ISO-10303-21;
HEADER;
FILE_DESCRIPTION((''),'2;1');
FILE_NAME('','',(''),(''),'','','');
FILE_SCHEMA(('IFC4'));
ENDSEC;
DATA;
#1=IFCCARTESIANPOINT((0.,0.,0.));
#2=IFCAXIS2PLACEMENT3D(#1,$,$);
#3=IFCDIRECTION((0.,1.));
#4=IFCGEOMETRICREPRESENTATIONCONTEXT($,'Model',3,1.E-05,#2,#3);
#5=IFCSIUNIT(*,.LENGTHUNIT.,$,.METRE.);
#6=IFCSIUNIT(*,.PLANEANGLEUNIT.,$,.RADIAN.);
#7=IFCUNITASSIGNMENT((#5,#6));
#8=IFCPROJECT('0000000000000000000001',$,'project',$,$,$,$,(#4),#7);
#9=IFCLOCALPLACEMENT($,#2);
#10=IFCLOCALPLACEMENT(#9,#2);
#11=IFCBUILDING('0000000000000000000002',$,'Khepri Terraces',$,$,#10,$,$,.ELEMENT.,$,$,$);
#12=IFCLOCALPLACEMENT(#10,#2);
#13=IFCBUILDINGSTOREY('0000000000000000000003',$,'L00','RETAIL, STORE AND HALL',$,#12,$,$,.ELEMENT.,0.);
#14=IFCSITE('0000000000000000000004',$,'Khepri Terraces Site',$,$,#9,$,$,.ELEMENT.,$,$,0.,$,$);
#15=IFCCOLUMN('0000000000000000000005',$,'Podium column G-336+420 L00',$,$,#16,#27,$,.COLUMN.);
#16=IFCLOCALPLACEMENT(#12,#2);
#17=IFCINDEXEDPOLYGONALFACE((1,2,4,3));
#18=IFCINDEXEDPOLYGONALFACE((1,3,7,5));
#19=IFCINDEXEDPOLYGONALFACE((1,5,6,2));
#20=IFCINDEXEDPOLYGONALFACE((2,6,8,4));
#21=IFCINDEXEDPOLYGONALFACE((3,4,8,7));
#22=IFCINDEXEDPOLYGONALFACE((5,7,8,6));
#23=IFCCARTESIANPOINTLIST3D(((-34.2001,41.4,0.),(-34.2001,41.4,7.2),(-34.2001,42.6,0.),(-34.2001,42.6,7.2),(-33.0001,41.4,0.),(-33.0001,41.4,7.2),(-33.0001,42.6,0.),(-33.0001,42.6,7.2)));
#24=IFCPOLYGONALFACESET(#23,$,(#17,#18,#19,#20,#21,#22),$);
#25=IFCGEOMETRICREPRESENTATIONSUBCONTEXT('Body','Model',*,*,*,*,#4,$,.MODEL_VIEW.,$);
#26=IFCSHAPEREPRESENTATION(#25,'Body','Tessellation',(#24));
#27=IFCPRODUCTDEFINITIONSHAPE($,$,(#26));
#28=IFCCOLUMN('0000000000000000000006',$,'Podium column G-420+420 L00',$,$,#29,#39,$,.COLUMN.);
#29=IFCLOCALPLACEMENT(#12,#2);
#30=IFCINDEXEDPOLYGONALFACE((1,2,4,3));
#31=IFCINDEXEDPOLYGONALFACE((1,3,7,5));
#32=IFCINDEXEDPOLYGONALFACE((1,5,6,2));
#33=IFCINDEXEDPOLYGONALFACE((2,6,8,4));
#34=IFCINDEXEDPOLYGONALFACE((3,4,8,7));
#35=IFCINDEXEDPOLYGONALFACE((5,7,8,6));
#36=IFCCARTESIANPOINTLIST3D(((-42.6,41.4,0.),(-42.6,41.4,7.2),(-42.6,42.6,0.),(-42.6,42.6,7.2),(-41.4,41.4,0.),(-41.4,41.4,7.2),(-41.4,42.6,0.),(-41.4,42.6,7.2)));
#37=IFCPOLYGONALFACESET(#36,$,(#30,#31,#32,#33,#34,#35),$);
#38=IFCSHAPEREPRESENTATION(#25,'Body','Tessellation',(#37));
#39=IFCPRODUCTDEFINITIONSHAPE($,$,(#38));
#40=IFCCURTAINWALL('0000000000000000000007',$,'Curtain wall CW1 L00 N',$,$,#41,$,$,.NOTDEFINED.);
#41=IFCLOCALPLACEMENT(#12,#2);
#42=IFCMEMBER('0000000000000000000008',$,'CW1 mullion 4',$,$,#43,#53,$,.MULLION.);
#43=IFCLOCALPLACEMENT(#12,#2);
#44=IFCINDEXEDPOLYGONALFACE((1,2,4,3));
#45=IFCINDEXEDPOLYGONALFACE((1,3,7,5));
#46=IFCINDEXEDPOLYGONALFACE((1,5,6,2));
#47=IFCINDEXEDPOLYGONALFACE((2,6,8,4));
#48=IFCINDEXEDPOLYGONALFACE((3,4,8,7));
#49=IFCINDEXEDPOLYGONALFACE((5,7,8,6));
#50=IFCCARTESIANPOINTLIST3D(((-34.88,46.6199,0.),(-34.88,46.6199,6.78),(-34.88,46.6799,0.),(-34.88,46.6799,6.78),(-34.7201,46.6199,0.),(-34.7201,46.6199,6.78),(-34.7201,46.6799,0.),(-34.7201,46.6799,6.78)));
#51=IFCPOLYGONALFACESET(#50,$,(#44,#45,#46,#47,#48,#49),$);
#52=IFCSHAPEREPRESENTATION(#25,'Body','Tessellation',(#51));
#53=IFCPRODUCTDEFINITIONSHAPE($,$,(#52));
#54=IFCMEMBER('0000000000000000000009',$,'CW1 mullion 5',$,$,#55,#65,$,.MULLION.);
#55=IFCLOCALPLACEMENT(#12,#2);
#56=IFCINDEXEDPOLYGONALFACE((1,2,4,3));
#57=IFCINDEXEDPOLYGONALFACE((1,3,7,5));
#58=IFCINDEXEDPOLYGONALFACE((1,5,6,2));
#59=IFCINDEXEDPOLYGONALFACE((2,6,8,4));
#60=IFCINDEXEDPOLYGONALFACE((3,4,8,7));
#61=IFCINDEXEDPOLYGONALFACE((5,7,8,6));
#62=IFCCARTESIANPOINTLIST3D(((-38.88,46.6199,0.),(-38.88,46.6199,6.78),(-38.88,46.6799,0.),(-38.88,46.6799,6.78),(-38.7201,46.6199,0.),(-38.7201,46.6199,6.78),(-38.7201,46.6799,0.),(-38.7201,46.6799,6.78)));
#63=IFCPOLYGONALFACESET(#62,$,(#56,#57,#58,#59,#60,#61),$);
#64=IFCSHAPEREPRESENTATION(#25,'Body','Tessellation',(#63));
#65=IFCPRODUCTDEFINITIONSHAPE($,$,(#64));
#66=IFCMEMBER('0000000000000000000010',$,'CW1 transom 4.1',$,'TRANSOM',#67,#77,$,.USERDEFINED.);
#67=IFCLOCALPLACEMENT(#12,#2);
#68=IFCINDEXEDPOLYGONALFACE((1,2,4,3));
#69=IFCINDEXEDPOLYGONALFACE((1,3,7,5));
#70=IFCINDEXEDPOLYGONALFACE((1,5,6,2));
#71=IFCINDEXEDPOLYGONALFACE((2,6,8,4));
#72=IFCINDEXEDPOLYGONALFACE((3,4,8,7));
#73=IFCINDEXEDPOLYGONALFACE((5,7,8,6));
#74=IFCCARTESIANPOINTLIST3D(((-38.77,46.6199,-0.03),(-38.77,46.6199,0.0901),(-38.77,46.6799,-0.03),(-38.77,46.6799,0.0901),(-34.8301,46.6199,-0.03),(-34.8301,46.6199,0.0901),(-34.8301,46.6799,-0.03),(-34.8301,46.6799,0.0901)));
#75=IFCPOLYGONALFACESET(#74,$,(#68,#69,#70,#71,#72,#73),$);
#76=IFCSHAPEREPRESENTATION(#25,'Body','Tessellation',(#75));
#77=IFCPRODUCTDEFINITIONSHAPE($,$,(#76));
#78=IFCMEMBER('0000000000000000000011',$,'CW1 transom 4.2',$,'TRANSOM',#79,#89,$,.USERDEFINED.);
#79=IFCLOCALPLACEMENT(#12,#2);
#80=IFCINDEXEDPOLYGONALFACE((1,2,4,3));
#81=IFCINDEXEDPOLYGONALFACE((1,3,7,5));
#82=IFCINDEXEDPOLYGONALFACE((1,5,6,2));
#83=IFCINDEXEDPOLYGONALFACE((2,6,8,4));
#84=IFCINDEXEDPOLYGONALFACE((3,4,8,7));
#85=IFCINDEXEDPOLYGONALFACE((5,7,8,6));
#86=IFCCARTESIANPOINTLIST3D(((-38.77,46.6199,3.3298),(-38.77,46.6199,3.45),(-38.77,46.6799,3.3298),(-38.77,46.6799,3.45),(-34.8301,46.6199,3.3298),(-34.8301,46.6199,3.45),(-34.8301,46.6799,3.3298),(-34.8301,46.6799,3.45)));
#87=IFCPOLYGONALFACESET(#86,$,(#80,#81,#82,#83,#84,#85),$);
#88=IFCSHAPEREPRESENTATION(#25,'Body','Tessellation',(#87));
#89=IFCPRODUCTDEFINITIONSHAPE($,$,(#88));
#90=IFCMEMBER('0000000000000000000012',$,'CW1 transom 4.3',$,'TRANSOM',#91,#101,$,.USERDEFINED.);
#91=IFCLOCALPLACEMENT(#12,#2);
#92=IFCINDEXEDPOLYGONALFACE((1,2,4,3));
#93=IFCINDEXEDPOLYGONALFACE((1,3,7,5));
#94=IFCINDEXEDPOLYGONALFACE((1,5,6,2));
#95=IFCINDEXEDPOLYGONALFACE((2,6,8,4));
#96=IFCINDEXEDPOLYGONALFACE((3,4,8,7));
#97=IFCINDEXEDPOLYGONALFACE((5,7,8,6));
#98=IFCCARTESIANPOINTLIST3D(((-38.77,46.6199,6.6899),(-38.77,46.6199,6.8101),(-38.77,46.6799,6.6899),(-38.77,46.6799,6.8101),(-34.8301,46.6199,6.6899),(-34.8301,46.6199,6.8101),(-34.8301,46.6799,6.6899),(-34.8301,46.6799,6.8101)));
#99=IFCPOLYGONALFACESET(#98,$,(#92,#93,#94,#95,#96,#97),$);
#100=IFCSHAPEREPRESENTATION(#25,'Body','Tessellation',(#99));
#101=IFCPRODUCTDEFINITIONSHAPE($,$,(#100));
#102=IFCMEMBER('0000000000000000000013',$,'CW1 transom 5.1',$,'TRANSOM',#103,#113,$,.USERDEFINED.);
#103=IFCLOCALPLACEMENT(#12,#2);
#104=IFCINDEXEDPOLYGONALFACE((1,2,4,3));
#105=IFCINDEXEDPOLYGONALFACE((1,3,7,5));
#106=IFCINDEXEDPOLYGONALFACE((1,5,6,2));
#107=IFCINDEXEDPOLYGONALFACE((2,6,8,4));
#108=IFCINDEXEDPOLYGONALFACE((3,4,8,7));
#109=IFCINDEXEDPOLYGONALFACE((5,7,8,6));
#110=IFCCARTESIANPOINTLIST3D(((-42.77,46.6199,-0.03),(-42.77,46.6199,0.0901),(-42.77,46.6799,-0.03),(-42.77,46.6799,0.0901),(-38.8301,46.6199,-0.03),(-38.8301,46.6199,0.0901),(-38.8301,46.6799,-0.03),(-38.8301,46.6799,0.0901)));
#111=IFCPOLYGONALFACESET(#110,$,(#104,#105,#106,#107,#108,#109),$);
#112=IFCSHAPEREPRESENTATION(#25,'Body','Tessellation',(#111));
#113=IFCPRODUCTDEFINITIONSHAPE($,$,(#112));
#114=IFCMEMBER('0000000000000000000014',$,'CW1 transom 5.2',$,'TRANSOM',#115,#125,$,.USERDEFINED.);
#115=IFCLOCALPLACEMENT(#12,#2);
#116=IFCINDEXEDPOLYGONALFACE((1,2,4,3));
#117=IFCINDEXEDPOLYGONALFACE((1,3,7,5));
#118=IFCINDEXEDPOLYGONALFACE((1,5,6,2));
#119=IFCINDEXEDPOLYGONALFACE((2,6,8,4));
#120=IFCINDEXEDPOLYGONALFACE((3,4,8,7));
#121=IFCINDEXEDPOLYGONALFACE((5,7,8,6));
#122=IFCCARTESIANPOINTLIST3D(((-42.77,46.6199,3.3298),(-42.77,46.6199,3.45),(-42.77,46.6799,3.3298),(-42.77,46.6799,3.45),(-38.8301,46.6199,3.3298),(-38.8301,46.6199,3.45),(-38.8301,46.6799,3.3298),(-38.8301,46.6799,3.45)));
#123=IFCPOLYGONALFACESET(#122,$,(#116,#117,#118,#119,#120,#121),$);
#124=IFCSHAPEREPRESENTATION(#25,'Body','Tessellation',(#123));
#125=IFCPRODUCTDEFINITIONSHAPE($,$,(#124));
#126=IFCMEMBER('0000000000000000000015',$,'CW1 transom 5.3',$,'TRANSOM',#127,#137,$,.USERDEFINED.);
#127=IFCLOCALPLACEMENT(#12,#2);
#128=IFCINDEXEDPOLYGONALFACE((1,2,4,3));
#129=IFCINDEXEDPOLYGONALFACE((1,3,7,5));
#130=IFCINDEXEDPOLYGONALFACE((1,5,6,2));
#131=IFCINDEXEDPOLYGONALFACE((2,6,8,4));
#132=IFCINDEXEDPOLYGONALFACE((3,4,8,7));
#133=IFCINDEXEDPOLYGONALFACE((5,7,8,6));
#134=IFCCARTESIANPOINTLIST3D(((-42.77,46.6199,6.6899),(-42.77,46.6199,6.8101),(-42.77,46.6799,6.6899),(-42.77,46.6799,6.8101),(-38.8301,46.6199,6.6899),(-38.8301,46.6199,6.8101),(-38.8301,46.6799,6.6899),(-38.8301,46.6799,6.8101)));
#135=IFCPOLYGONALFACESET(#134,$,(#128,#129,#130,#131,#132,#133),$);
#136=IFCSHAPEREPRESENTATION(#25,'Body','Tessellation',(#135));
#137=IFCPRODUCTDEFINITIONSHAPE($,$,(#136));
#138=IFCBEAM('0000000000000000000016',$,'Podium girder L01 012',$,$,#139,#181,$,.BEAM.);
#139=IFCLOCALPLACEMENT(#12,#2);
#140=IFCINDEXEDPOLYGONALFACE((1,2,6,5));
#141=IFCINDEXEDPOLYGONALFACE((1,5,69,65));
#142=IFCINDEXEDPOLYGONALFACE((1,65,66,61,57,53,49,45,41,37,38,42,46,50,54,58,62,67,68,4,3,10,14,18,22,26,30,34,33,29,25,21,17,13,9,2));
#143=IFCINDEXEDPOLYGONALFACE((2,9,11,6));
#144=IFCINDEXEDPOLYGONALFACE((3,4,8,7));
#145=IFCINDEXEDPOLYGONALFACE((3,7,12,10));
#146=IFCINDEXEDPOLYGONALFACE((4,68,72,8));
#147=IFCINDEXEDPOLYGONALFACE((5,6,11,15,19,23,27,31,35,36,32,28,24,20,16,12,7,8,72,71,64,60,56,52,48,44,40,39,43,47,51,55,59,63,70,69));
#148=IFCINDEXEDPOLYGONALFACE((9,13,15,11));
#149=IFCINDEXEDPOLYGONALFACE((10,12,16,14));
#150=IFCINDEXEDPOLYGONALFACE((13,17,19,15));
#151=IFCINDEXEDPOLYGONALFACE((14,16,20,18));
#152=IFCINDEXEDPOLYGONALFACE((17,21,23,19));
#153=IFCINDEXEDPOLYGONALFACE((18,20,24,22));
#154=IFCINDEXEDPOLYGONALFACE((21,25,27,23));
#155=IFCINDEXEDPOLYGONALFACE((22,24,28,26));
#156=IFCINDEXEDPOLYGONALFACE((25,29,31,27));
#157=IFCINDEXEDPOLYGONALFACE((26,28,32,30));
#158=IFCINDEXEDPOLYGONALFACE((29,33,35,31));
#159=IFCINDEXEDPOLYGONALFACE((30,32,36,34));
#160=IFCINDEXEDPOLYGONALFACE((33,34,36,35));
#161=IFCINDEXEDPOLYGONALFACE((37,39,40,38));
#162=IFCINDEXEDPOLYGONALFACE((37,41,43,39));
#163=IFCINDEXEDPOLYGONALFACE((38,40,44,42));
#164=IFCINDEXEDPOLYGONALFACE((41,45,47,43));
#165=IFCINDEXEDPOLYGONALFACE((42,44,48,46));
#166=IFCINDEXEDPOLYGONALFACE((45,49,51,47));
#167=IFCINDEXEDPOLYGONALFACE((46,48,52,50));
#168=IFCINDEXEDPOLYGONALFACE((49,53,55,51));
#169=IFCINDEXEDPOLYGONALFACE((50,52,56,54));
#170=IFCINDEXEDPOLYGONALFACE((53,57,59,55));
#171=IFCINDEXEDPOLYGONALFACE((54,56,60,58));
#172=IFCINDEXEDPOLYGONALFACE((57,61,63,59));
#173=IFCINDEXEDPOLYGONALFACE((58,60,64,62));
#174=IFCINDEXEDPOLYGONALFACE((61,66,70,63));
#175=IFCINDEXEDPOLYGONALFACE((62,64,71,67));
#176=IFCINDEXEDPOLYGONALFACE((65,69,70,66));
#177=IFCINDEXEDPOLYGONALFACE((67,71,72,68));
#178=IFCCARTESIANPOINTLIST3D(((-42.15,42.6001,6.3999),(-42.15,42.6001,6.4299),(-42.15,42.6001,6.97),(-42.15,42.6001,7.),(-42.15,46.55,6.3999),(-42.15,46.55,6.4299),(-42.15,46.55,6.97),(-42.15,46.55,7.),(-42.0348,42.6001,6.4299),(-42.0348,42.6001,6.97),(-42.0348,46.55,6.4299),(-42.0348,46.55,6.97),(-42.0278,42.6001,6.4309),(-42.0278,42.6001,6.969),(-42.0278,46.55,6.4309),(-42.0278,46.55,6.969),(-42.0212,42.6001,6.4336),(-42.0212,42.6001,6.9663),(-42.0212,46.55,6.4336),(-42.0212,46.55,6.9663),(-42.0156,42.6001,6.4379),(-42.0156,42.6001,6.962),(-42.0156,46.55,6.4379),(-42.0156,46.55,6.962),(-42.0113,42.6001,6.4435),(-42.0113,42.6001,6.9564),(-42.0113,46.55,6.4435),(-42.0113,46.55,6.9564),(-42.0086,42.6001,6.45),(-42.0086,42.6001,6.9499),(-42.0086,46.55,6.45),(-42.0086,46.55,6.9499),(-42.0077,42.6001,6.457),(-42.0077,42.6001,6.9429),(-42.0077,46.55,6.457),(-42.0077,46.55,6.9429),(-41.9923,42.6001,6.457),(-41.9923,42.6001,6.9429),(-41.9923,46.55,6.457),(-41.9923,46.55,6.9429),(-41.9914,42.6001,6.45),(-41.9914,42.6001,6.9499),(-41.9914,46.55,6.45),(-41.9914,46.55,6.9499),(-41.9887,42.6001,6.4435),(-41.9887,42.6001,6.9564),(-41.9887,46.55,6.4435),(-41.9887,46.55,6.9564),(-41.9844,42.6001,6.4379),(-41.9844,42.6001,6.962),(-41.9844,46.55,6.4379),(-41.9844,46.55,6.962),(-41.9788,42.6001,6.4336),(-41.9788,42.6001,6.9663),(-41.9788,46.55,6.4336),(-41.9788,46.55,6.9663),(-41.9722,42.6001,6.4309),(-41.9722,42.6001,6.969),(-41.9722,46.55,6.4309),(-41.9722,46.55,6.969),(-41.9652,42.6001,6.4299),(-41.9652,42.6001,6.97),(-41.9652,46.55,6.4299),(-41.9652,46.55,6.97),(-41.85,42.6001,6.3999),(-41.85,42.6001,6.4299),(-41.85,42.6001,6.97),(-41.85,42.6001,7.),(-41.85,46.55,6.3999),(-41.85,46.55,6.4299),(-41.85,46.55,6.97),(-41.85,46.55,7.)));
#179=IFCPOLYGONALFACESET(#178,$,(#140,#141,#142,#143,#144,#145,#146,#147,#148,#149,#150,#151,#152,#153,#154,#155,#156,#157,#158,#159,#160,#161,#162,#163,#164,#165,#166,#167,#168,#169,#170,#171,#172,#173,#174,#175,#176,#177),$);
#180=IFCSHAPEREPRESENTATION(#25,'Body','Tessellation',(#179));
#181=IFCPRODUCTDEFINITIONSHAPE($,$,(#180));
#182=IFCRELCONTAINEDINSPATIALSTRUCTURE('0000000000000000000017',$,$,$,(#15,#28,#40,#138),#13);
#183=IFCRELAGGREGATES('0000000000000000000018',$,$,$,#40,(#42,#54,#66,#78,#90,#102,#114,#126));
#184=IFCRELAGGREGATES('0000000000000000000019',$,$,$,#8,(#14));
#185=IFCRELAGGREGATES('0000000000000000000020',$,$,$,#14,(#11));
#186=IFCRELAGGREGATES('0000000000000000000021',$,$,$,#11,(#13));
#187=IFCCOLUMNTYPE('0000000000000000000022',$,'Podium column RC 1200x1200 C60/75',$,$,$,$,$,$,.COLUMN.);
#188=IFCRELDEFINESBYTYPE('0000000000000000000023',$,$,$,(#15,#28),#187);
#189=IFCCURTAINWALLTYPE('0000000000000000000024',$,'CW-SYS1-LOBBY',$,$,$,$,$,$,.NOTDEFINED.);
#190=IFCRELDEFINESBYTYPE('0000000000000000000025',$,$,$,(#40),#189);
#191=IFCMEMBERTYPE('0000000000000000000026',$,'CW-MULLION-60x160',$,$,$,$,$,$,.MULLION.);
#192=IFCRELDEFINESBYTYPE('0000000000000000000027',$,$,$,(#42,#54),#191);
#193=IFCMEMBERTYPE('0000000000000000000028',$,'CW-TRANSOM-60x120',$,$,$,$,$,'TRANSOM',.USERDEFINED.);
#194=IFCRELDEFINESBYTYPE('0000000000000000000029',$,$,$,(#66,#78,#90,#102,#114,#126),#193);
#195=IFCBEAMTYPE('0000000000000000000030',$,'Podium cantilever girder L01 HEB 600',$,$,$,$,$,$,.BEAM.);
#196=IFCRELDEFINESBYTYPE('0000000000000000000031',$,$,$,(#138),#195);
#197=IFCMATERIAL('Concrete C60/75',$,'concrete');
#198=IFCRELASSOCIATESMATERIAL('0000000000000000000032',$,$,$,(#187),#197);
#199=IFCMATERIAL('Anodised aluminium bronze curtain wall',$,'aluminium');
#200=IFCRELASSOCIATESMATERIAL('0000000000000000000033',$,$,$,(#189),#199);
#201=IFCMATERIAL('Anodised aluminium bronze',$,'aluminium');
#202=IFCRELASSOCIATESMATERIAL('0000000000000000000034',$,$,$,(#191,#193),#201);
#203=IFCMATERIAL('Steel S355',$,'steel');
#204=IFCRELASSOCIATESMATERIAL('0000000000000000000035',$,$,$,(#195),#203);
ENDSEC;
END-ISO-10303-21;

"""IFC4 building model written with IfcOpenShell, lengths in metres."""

from ifc_helpers import new_model, si_unit, direction, frame, origin, origin_2d, place, context, subcontext, project, spatial, rectangle, i_section, extrude, material, material_profile, profile_set, type_object, element, aggregate, save


model = new_model("IFC4")

# Units and contexts
model_context = context("Model", 3, precision=1e-05, world=origin(), true_north=direction((0.0, 1.0)))
body_context = subcontext(model_context, "Body", "Model", "MODEL_VIEW")
ifc_project = project(units=[si_unit("LENGTHUNIT", "METRE"), si_unit("PLANEANGLEUNIT", "RADIAN")], contexts=[model_context])

# Site, building, storey
site_placement = place(None, origin())
site = spatial("IfcSite", under=ifc_project, at=site_placement, Name="Khepri Terraces Site", CompositionType="ELEMENT", RefElevation=0.0)
building_placement = place(site_placement, origin())
building = spatial("IfcBuilding", under=site, at=building_placement, Name="Khepri Terraces", CompositionType="ELEMENT")
storey_placement = place(building_placement, origin())
storey = spatial("IfcBuildingStorey", under=building, at=storey_placement, Name="L00", Description="RETAIL, STORE AND HALL", CompositionType="ELEMENT", Elevation=0.0)

# Columns
ifc_material_1 = material(Name="Concrete C60/75", Category="concrete")
ifc_material_profile_1 = material_profile(ifc_material_1, rectangle(XDim=1.2, YDim=1.2, at=origin_2d()), Name="Concrete C60/75", Category="concrete")
ifc_profile_set_1 = profile_set([ifc_material_profile_1], Name="Concrete C60/75")
column_type = type_object("IfcColumnType", Name="Podium column RC 1200x1200 C60/75", PredefinedType="COLUMN", material=ifc_profile_set_1)
for number, where, z_axis, x_axis, name in (
    (1, (-33.6001, 42.0, 0.0), (0.0, 0.0, 1.0), (1.0, 0.0, 0.0), "Podium column G-336+420 L00"),
    (2, (-42.0, 42.0, 0.0), (0.0, 0.0, 1.0), (1.0, 0.0, 0.0), "Podium column G-420+420 L00"),
):
    element("IfcColumn", number, at=place(storey_placement, frame(where, z_axis=z_axis, x_axis=x_axis)), inside=storey, type_object=column_type, Name=name, PredefinedType="COLUMN", context=body_context, shape_type="SweptSolid", body=[
        extrude(rectangle(XDim=1.2, YDim=1.2, at=origin_2d()), origin(), (0.0, 0.0, 1.0), 7.2),
    ])

# Curtain wall, members
ifc_material_2 = material(Name="Anodised aluminium bronze curtain wall", Category="aluminium")
curtain_wall_type = type_object("IfcCurtainWallType", Name="CW-SYS1-LOBBY", PredefinedType="NOTDEFINED", material=ifc_material_2)
curtain_wall_placement = place(storey_placement, origin())
curtain_wall = element("IfcCurtainWall", 3, at=curtain_wall_placement, inside=storey, type_object=curtain_wall_type, Name="Curtain wall CW1 L00 N", PredefinedType="NOTDEFINED")
ifc_material_3 = material(Name="Anodised aluminium bronze", Category="aluminium")
ifc_material_profile_2 = material_profile(ifc_material_3, rectangle(XDim=0.0601, YDim=0.1599, at=origin_2d()), Name="Anodised aluminium bronze", Category="aluminium")
ifc_profile_set_2 = profile_set([ifc_material_profile_2], Name="Anodised aluminium bronze")
member_type_1 = type_object("IfcMemberType", Name="CW-MULLION-60x160", PredefinedType="MULLION", material=ifc_profile_set_2)
member_1_placement = place(storey_placement, frame((-34.8, 46.6499, 0.0), z_axis=(0.0, 0.0, 1.0), x_axis=(0.0, -1.0, 0.0)))
member_1 = element("IfcMember", 4, at=member_1_placement, type_object=member_type_1, Name="CW1 mullion 4", PredefinedType="MULLION", context=body_context, shape_type="SweptSolid", body=[
    extrude(rectangle(XDim=0.0601, YDim=0.1599, at=origin_2d()), origin(), (0.0, 0.0, 1.0), 6.78),
])
member_2_placement = place(storey_placement, frame((-38.8, 46.6499, 0.0), z_axis=(0.0, 0.0, 1.0), x_axis=(0.0, -1.0, 0.0)))
member_2 = element("IfcMember", 5, at=member_2_placement, type_object=member_type_1, Name="CW1 mullion 5", PredefinedType="MULLION", context=body_context, shape_type="SweptSolid", body=[
    extrude(rectangle(XDim=0.0601, YDim=0.1599, at=origin_2d()), origin(), (0.0, 0.0, 1.0), 6.78),
])
ifc_material_profile_3 = material_profile(ifc_material_3, rectangle(XDim=0.0601, YDim=0.1201, at=origin_2d()), Name="Anodised aluminium bronze", Category="aluminium")
ifc_profile_set_3 = profile_set([ifc_material_profile_3], Name="Anodised aluminium bronze")
member_type_2 = type_object("IfcMemberType", Name="CW-TRANSOM-60x120", ElementType="TRANSOM", PredefinedType="USERDEFINED", material=ifc_profile_set_3)
member_3_placement = place(storey_placement, frame((-34.8301, 46.6499, 0.03), z_axis=(-1.0, 0.0, 0.0), x_axis=(0.0, -1.0, 0.0)))
member_3 = element("IfcMember", 6, at=member_3_placement, type_object=member_type_2, Name="CW1 transom 4.1", ObjectType="TRANSOM", PredefinedType="USERDEFINED", context=body_context, shape_type="SweptSolid", body=[
    extrude(rectangle(XDim=0.0601, YDim=0.1201, at=origin_2d()), origin(), (0.0, 0.0, 1.0), 3.9399),
])
member_4_placement = place(storey_placement, frame((-34.8301, 46.6499, 3.3899), z_axis=(-1.0, 0.0, 0.0), x_axis=(0.0, -1.0, 0.0)))
member_4 = element("IfcMember", 7, at=member_4_placement, type_object=member_type_2, Name="CW1 transom 4.2", ObjectType="TRANSOM", PredefinedType="USERDEFINED", context=body_context, shape_type="SweptSolid", body=[
    extrude(rectangle(XDim=0.0601, YDim=0.1201, at=origin_2d()), origin(), (0.0, 0.0, 1.0), 3.9399),
])
member_5_placement = place(storey_placement, frame((-34.8301, 46.6499, 6.75), z_axis=(-1.0, 0.0, 0.0), x_axis=(0.0, -1.0, 0.0)))
member_5 = element("IfcMember", 8, at=member_5_placement, type_object=member_type_2, Name="CW1 transom 4.3", ObjectType="TRANSOM", PredefinedType="USERDEFINED", context=body_context, shape_type="SweptSolid", body=[
    extrude(rectangle(XDim=0.0601, YDim=0.1201, at=origin_2d()), origin(), (0.0, 0.0, 1.0), 3.9399),
])
member_6_placement = place(storey_placement, frame((-38.8301, 46.6499, 0.03), z_axis=(-1.0, 0.0, 0.0), x_axis=(0.0, -1.0, 0.0)))
member_6 = element("IfcMember", 9, at=member_6_placement, type_object=member_type_2, Name="CW1 transom 5.1", ObjectType="TRANSOM", PredefinedType="USERDEFINED", context=body_context, shape_type="SweptSolid", body=[
    extrude(rectangle(XDim=0.0601, YDim=0.1201, at=origin_2d()), origin(), (0.0, 0.0, 1.0), 3.9399),
])
member_7_placement = place(storey_placement, frame((-38.8301, 46.6499, 3.3899), z_axis=(-1.0, 0.0, 0.0), x_axis=(0.0, -1.0, 0.0)))
member_7 = element("IfcMember", 10, at=member_7_placement, type_object=member_type_2, Name="CW1 transom 5.2", ObjectType="TRANSOM", PredefinedType="USERDEFINED", context=body_context, shape_type="SweptSolid", body=[
    extrude(rectangle(XDim=0.0601, YDim=0.1201, at=origin_2d()), origin(), (0.0, 0.0, 1.0), 3.9399),
])
member_8_placement = place(storey_placement, frame((-38.8301, 46.6499, 6.75), z_axis=(-1.0, 0.0, 0.0), x_axis=(0.0, -1.0, 0.0)))
member_8 = element("IfcMember", 11, at=member_8_placement, type_object=member_type_2, Name="CW1 transom 5.3", ObjectType="TRANSOM", PredefinedType="USERDEFINED", context=body_context, shape_type="SweptSolid", body=[
    extrude(rectangle(XDim=0.0601, YDim=0.1201, at=origin_2d()), origin(), (0.0, 0.0, 1.0), 3.9399),
])

# Beam
ifc_material_4 = material(Name="Steel S355", Category="steel")
ifc_material_profile_4 = material_profile(ifc_material_4, i_section(OverallWidth=0.3, OverallDepth=0.6001, WebThickness=0.0154, FlangeThickness=0.03, FilletRadius=0.0271, at=origin_2d()), Name="Steel S355", Category="steel")
ifc_profile_set_4 = profile_set([ifc_material_profile_4], Name="Steel S355")
beam_type_1 = type_object("IfcBeamType", Name="Podium cantilever girder L01 HEB 600", PredefinedType="BEAM", material=ifc_profile_set_4)
for number, where, z_axis, x_axis, name in (
    (12, (-42.0, 42.6001, 6.7), (0.0, 1.0, 0.0), (-1.0, 0.0, 0.0), "Podium girder L01 012"),
):
    element("IfcBeam", number, at=place(storey_placement, frame(where, z_axis=z_axis, x_axis=x_axis)), inside=storey, type_object=beam_type_1, Name=name, PredefinedType="BEAM", context=body_context, shape_type="SweptSolid", body=[
        extrude(i_section(OverallWidth=0.3, OverallDepth=0.6001, WebThickness=0.0154, FlangeThickness=0.03, FilletRadius=0.0271, at=origin_2d()), origin(), (0.0, 0.0, 1.0), 3.95),
    ])

aggregate(curtain_wall, [member_1, member_2, member_3, member_4, member_5, member_6, member_7, member_8])

save(model, "model.ifc")
